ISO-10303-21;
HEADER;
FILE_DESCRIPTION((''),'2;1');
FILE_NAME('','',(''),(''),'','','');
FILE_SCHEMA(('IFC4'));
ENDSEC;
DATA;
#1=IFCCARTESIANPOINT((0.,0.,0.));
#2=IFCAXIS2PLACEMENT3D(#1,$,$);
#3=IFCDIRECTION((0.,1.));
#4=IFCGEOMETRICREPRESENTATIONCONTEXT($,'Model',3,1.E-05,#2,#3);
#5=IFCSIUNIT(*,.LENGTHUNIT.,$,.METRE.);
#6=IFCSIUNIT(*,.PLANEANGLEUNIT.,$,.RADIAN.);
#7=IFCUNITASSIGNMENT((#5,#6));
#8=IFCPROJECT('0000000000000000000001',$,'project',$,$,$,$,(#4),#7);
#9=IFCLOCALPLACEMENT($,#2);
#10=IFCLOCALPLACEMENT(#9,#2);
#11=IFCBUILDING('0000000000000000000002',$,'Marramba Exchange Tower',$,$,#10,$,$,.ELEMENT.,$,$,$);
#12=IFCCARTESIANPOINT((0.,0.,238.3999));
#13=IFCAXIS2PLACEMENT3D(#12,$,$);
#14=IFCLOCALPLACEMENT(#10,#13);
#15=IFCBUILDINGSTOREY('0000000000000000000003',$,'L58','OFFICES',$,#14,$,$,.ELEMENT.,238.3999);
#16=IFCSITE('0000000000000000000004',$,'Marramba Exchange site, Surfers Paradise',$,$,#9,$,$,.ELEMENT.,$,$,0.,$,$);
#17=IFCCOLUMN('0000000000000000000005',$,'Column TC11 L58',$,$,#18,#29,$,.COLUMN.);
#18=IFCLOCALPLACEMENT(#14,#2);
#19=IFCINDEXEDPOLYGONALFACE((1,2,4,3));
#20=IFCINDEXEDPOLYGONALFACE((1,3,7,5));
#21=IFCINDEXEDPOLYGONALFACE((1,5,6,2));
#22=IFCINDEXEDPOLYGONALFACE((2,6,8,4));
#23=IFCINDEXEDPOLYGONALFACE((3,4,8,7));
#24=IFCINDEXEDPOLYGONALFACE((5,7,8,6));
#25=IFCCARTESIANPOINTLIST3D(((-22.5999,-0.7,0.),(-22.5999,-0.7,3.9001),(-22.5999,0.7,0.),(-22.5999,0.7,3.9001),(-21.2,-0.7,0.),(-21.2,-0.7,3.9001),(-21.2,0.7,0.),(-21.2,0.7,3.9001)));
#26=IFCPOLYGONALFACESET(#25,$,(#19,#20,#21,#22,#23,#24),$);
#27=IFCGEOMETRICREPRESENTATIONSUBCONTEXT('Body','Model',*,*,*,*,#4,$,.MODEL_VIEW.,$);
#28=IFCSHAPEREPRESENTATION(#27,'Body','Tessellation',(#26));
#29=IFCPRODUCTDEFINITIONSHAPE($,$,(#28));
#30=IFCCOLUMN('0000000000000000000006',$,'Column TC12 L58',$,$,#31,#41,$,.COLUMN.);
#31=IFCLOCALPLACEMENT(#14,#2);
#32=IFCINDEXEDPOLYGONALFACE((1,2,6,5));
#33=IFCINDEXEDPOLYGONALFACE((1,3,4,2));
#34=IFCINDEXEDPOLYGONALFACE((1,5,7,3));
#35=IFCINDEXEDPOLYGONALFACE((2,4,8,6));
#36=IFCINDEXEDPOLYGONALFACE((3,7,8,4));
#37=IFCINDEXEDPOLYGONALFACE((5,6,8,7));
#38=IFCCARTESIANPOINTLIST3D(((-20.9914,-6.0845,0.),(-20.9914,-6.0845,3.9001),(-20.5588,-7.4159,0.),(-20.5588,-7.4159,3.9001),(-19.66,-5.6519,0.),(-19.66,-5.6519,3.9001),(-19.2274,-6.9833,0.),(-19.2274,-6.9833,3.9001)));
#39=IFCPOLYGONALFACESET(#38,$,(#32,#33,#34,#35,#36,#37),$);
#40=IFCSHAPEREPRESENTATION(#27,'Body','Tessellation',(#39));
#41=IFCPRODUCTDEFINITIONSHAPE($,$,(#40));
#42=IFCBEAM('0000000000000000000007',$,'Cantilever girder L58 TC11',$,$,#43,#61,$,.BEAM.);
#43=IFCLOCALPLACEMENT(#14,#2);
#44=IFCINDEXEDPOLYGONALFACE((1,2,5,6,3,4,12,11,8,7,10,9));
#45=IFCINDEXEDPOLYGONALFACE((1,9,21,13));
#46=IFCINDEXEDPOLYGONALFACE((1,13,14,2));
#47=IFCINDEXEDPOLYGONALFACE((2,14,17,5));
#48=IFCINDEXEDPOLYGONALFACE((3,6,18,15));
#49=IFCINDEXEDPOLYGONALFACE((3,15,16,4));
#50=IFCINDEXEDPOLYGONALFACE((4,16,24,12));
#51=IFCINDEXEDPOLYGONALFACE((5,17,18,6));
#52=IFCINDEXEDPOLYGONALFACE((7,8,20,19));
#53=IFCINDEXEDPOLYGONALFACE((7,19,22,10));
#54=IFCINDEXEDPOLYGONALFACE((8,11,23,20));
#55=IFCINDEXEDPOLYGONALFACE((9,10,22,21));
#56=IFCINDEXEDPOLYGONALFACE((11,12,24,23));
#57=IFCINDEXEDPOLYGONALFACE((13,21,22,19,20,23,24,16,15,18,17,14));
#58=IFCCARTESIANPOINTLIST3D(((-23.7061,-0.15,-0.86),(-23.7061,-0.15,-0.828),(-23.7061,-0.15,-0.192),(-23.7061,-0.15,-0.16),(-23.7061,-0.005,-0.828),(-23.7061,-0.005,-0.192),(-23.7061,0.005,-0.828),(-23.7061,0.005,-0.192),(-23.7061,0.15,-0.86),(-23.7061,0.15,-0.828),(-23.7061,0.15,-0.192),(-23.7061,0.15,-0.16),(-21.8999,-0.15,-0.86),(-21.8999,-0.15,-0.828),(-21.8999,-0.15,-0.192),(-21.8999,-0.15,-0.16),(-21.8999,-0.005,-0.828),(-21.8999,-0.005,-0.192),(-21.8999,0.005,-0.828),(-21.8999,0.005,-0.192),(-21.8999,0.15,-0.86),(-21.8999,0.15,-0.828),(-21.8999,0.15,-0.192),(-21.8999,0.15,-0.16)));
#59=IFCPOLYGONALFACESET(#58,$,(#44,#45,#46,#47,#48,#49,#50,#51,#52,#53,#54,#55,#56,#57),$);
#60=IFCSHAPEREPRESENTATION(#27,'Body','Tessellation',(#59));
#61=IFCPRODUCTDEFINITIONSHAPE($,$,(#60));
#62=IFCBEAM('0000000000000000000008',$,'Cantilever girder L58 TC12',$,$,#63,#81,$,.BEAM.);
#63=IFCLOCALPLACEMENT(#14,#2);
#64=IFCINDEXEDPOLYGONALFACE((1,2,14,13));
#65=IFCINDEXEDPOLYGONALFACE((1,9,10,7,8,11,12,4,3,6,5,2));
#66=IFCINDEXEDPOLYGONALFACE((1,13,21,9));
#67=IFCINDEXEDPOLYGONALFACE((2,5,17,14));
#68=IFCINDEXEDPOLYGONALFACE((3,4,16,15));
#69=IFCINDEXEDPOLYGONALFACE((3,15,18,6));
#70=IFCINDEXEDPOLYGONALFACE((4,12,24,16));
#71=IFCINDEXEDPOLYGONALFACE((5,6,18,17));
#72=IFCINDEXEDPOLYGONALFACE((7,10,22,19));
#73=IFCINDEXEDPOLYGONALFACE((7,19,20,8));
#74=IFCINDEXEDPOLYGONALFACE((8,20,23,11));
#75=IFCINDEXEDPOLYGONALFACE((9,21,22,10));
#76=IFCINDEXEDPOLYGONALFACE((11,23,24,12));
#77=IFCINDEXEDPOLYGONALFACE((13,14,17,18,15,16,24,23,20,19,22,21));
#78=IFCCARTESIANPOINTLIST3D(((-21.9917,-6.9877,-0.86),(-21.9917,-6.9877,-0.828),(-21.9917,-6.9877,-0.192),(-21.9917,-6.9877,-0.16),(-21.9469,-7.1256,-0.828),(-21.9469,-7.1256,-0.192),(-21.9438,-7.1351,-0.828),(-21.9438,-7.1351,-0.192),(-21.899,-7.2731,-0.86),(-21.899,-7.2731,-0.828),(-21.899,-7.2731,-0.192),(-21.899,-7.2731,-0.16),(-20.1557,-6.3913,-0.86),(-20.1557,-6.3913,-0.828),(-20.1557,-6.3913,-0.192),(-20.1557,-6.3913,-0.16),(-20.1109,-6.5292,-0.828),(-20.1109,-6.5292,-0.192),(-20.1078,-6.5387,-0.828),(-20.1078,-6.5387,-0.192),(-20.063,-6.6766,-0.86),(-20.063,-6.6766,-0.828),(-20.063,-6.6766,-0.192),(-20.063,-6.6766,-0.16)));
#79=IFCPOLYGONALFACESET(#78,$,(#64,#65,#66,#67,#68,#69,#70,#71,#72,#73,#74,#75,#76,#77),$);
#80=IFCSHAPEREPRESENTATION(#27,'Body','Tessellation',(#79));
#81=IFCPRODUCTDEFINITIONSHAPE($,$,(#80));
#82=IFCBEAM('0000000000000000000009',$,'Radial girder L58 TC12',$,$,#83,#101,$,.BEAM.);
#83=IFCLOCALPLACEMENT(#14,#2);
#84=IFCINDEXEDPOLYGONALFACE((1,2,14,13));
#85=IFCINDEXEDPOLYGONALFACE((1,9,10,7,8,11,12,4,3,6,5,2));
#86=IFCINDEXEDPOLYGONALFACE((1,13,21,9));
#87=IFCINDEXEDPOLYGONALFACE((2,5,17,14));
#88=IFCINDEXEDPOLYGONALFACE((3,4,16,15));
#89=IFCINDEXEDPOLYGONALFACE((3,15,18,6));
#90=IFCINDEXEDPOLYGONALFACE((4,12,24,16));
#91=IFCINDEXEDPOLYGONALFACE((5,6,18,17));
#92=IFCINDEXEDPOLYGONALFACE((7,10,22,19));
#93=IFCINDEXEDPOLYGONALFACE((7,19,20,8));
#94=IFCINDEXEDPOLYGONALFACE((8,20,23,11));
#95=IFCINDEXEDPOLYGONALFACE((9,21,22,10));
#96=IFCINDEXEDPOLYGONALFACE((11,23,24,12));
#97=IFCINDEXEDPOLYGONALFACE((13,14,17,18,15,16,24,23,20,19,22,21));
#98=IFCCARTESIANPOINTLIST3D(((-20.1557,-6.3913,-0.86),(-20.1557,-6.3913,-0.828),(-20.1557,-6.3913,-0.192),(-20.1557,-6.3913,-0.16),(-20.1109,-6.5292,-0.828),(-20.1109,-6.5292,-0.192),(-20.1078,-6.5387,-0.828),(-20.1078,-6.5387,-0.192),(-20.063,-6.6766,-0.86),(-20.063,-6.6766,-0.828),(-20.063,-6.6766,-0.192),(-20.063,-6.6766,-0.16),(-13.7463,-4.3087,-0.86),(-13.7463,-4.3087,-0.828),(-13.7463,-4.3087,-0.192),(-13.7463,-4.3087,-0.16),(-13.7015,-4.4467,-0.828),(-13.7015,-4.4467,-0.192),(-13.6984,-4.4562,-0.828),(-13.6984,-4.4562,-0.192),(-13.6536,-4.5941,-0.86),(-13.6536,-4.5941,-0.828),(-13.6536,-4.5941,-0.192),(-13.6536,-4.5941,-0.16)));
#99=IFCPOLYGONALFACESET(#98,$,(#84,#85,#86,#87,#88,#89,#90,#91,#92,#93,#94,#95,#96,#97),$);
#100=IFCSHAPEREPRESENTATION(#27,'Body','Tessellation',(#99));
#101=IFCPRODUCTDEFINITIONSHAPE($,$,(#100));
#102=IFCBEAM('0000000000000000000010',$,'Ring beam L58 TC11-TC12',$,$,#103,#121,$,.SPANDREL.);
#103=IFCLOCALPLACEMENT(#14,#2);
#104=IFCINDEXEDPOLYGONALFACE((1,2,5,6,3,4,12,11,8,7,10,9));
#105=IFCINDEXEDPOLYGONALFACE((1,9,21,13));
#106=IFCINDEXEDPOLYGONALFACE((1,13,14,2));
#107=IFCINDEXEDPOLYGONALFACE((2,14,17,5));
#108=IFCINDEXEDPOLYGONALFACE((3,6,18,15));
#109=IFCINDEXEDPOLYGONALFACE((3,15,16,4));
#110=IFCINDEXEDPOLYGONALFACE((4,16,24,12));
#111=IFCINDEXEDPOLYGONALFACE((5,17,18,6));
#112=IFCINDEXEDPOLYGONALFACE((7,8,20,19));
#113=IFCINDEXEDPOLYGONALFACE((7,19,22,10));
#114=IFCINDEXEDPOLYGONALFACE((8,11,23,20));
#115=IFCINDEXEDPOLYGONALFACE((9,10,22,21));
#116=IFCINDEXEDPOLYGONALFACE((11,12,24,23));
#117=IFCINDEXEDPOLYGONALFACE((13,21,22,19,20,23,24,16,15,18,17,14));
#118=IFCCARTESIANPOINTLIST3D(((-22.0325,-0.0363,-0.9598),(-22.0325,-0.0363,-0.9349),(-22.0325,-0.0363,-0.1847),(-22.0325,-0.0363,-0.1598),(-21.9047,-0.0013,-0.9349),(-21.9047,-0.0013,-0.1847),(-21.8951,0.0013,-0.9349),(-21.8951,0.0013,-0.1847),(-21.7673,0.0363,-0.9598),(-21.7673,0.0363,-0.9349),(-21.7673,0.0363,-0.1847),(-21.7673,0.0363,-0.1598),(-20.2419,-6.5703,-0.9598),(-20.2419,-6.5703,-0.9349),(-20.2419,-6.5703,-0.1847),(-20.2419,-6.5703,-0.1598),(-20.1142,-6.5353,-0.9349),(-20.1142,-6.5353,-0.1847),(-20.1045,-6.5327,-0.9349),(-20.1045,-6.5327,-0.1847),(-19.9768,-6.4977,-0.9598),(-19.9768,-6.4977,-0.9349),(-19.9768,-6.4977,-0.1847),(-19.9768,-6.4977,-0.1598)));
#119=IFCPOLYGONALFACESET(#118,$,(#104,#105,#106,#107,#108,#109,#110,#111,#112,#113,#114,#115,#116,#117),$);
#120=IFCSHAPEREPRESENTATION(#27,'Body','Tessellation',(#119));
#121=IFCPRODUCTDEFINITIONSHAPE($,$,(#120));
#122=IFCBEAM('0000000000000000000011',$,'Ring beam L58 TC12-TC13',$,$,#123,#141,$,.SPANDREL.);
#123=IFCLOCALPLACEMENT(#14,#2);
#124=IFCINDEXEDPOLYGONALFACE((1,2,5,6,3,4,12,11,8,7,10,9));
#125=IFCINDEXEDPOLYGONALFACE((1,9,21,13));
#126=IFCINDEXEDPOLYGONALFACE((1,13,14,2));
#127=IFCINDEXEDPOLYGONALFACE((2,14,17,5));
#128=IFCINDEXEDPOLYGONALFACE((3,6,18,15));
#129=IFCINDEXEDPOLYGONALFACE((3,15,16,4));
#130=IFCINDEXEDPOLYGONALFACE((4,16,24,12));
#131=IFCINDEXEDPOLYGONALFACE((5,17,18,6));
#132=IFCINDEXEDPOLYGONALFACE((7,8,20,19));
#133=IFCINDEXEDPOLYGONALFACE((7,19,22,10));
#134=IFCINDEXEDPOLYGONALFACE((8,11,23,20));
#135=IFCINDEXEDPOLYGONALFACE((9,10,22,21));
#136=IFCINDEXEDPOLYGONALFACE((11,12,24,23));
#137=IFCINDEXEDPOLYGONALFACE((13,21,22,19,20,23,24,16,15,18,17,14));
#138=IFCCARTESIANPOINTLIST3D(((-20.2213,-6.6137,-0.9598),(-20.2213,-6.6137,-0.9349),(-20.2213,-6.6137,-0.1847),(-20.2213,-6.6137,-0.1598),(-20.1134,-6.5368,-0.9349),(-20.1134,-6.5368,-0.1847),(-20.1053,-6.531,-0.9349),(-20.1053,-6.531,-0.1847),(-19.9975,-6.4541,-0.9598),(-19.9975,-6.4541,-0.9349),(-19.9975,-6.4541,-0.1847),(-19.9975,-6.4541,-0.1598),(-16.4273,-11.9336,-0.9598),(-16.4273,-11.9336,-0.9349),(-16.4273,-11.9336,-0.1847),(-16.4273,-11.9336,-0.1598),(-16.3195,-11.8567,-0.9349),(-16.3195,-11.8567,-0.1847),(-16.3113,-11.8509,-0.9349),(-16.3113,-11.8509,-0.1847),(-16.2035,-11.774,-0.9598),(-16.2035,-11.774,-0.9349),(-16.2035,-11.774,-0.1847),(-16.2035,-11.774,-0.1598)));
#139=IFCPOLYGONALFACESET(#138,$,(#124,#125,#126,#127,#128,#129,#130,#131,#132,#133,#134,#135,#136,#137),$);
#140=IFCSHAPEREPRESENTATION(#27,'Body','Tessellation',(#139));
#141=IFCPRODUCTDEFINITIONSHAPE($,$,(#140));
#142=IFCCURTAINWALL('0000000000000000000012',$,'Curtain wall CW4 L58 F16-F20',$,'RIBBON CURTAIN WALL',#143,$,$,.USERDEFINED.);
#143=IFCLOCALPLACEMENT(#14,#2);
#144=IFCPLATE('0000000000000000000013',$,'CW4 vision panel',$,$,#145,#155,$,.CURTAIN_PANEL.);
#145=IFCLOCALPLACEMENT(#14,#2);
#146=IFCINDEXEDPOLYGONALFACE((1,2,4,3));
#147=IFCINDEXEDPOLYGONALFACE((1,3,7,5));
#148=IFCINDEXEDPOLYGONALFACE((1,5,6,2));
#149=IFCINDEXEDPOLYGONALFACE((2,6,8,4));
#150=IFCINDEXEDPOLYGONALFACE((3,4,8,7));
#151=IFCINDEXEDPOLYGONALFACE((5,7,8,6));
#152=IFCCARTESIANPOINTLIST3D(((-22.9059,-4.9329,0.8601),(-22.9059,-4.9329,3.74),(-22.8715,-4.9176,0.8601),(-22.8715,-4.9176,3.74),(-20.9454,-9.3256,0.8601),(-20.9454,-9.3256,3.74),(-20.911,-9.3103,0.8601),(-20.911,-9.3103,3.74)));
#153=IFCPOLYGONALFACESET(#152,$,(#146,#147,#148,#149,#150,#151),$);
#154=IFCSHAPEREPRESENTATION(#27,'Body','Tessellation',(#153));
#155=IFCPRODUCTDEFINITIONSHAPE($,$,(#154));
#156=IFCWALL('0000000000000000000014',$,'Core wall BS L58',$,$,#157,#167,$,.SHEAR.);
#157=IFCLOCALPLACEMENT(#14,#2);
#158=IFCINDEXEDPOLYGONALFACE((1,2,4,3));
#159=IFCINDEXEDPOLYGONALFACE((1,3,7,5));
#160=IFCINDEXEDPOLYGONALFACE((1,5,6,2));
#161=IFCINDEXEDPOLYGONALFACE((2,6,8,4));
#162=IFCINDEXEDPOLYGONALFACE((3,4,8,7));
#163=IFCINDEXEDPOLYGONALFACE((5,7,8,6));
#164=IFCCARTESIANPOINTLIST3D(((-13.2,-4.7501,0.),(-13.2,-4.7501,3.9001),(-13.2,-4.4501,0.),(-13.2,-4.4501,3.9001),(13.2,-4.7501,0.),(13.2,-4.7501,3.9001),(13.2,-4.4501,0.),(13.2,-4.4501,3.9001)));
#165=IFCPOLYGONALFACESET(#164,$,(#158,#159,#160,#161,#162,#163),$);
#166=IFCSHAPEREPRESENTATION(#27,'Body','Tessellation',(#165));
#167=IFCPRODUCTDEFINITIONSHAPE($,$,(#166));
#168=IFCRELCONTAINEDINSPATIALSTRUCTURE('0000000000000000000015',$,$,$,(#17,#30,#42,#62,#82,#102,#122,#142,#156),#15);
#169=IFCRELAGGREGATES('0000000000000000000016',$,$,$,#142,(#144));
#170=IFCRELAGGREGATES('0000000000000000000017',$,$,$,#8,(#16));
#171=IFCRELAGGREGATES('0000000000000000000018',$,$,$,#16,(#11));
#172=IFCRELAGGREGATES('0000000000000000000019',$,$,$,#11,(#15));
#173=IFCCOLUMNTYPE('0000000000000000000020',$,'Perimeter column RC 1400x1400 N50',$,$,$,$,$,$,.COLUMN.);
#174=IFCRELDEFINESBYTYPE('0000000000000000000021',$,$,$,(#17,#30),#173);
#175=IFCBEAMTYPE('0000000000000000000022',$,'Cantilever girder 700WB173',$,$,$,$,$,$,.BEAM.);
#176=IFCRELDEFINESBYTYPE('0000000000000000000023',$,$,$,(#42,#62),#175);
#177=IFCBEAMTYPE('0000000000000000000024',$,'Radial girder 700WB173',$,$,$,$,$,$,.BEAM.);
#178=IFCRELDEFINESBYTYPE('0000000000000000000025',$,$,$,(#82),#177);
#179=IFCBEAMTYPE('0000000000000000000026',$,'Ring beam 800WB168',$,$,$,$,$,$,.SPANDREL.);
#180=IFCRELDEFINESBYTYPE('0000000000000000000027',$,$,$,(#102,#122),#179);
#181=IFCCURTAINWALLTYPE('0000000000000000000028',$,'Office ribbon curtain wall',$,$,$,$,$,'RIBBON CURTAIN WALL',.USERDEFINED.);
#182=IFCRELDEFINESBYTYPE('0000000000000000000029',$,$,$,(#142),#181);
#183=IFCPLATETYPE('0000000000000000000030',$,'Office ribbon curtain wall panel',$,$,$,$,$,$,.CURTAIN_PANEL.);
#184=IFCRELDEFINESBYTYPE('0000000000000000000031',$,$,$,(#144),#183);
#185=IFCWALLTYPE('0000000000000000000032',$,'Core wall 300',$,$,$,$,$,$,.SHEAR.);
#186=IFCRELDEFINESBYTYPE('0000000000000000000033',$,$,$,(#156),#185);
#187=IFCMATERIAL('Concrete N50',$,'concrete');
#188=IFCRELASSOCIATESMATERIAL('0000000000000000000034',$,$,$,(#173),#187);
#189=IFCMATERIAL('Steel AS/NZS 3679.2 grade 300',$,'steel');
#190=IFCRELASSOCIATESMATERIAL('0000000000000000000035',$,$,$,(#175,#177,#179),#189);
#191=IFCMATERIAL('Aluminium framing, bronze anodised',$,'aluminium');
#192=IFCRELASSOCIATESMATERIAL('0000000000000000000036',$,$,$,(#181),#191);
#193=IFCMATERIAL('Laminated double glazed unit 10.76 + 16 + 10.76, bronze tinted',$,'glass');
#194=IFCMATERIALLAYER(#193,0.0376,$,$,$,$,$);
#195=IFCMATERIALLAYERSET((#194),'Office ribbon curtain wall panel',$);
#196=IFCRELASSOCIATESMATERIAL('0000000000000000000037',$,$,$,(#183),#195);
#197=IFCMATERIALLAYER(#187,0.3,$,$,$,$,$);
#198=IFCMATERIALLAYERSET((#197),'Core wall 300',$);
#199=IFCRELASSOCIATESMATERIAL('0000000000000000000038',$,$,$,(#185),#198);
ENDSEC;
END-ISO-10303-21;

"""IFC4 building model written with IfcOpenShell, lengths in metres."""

from ifc_helpers import new_model, si_unit, direction, frame, frame_2d, origin, origin_2d, place, context, subcontext, project, spatial, rectangle, i_section, extrude, material, layer, layer_set, material_profile, profile_set, type_object, element, aggregate, save


model = new_model("IFC4")

# Units and contexts
model_context = context("Model", 3, precision=1e-05, world=origin(), true_north=direction((0.0, 1.0)))
body_context = subcontext(model_context, "Body", "Model", "MODEL_VIEW")
ifc_project = project(units=[si_unit("LENGTHUNIT", "METRE"), si_unit("PLANEANGLEUNIT", "RADIAN")], contexts=[model_context])

# Site, building, storey
site_placement = place(None, origin())
site = spatial("IfcSite", under=ifc_project, at=site_placement, Name="Marramba Exchange site, Surfers Paradise", CompositionType="ELEMENT", RefElevation=0.0)
building_placement = place(site_placement, origin())
building = spatial("IfcBuilding", under=site, at=building_placement, Name="Marramba Exchange Tower", CompositionType="ELEMENT")
storey_placement = place(building_placement, frame((0.0, 0.0, 238.3999)))
storey = spatial("IfcBuildingStorey", under=building, at=storey_placement, Name="L58", Description="OFFICES", CompositionType="ELEMENT", Elevation=238.3999)

# Columns
ifc_material_1 = material(Name="Concrete N50", Category="concrete")
ifc_material_profile_1 = material_profile(ifc_material_1, rectangle(XDim=1.3999, YDim=1.3999, at=origin_2d()), Name="RC 1400x1400")
ifc_profile_set_1 = profile_set([ifc_material_profile_1], Name="Concrete N50")
column_type = type_object("IfcColumnType", Name="Perimeter column RC 1400x1400 N50", PredefinedType="COLUMN", material=ifc_profile_set_1)
for number, where, z_axis, x_axis, name in (
    (1, (-21.8999, 0.0, 0.0), (0.0, 0.0, 1.0), (-1.0, 0.0, 0.0), "Column TC11 L58"),
    (2, (-20.1094, -6.5339, 0.0), (0.0, 0.0, 1.0), (-0.951057, -0.309017, 0.0), "Column TC12 L58"),
):
    element("IfcColumn", number, at=place(storey_placement, frame(where, z_axis=z_axis, x_axis=x_axis)), inside=storey, type_object=column_type, Name=name, PredefinedType="COLUMN", context=body_context, shape_type="SweptSolid", body=[
        extrude(rectangle(XDim=1.3999, YDim=1.3999, at=origin_2d()), origin(), (0.0, 0.0, 1.0), 3.9001),
    ])

# Beams
ifc_material_2 = material(Name="Steel AS/NZS 3679.2 grade 300", Category="steel")
ifc_material_profile_2 = material_profile(ifc_material_2, i_section(OverallWidth=0.3, OverallDepth=0.7, WebThickness=0.01, FlangeThickness=0.032, at=origin_2d()), Name="700WB173")
ifc_profile_set_2 = profile_set([ifc_material_profile_2], Name="Steel AS/NZS 3679.2 grade 300")
beam_type_1 = type_object("IfcBeamType", Name="Cantilever girder 700WB173", PredefinedType="BEAM", material=ifc_profile_set_2)
beam_1_placement = place(storey_placement, frame((-21.8999, 0.0, -0.51), z_axis=(-1.0, 0.0, 0.0), x_axis=(0.0, -1.0, 0.0)))
element("IfcBeam", 3, at=beam_1_placement, inside=storey, type_object=beam_type_1, Name="Cantilever girder L58 TC11", PredefinedType="BEAM", context=body_context, shape_type="SweptSolid", body=[
    extrude(i_section(OverallWidth=0.3, OverallDepth=0.7, WebThickness=0.01, FlangeThickness=0.032, at=origin_2d()), origin(), (0.0, 0.0, 1.0), 1.8062),
])
beam_2_placement = place(storey_placement, frame((-20.1094, -6.5339, -0.51), z_axis=(-0.951071, -0.308972, 0.0), x_axis=(0.308972, -0.951071, 0.0)))
element("IfcBeam", 4, at=beam_2_placement, inside=storey, type_object=beam_type_1, Name="Cantilever girder L58 TC12", PredefinedType="BEAM", context=body_context, shape_type="SweptSolid", body=[
    extrude(i_section(OverallWidth=0.3, OverallDepth=0.7, WebThickness=0.01, FlangeThickness=0.032, at=origin_2d()), origin(), (0.0, 0.0, 1.0), 1.9304),
])
ifc_material_profile_3 = material_profile(ifc_material_2, i_section(OverallWidth=0.3, OverallDepth=0.7, WebThickness=0.01, FlangeThickness=0.032, at=origin_2d()), Name="700WB173")
ifc_profile_set_3 = profile_set([ifc_material_profile_3], Name="Steel AS/NZS 3679.2 grade 300")
beam_type_2 = type_object("IfcBeamType", Name="Radial girder 700WB173", PredefinedType="BEAM", material=ifc_profile_set_3)
beam_3_placement = place(storey_placement, frame((-13.7, -4.4514, -0.51), z_axis=(-0.951058, -0.309013, 0.0), x_axis=(0.309013, -0.951058, 0.0)))
element("IfcBeam", 5, at=beam_3_placement, inside=storey, type_object=beam_type_2, Name="Radial girder L58 TC12", PredefinedType="BEAM", context=body_context, shape_type="SweptSolid", body=[
    extrude(i_section(OverallWidth=0.3, OverallDepth=0.7, WebThickness=0.01, FlangeThickness=0.032, at=origin_2d()), origin(), (0.0, 0.0, 1.0), 6.7393),
])
ifc_material_profile_4 = material_profile(ifc_material_2, i_section(OverallWidth=0.2749, OverallDepth=0.8, WebThickness=0.01, FlangeThickness=0.0249, at=origin_2d()), Name="800WB168")
ifc_profile_set_4 = profile_set([ifc_material_profile_4], Name="Steel AS/NZS 3679.2 grade 300")
beam_type_3 = type_object("IfcBeamType", Name="Ring beam 800WB168", PredefinedType="SPANDREL", material=ifc_profile_set_4)
beam_4_placement = place(storey_placement, frame((-21.8999, 0.0, -0.5598), z_axis=(0.264291, -0.964443, 0.0), x_axis=(0.964443, 0.264291, 0.0)))
element("IfcBeam", 6, at=beam_4_placement, inside=storey, type_object=beam_type_3, Name="Ring beam L58 TC11-TC12", PredefinedType="SPANDREL", context=body_context, shape_type="SweptSolid", body=[
    extrude(i_section(OverallWidth=0.2749, OverallDepth=0.8, WebThickness=0.01, FlangeThickness=0.0249, at=origin_2d()), origin(), (0.0, 0.0, 1.0), 6.7749),
])
beam_5_placement = place(storey_placement, frame((-20.1094, -6.5339, -0.5598), z_axis=(0.580637, -0.814162, 0.0), x_axis=(0.814162, 0.580637, 0.0)))
element("IfcBeam", 7, at=beam_5_placement, inside=storey, type_object=beam_type_3, Name="Ring beam L58 TC12-TC13", PredefinedType="SPANDREL", context=body_context, shape_type="SweptSolid", body=[
    extrude(i_section(OverallWidth=0.2749, OverallDepth=0.8, WebThickness=0.01, FlangeThickness=0.0249, at=origin_2d()), origin(), (0.0, 0.0, 1.0), 6.5342),
])

# Curtain wall, plate
ifc_material_3 = material(Name="Aluminium framing, bronze anodised", Category="aluminium")
curtain_wall_type = type_object("IfcCurtainWallType", Name="Office ribbon curtain wall", ElementType="RIBBON CURTAIN WALL", PredefinedType="USERDEFINED", material=ifc_material_3)
curtain_wall_placement = place(storey_placement, origin())
curtain_wall = element("IfcCurtainWall", 8, at=curtain_wall_placement, inside=storey, type_object=curtain_wall_type, Name="Curtain wall CW4 L58 F16-F20", ObjectType="RIBBON CURTAIN WALL", PredefinedType="USERDEFINED")
ifc_material_4 = material(Name="Laminated double glazed unit 10.76 + 16 + 10.76, bronze tinted", Category="glass")
ifc_layer_1 = layer(ifc_material_4, 0.0376)
ifc_layer_set_1 = layer_set([ifc_layer_1], Name="Office ribbon curtain wall panel")
plate_type = type_object("IfcPlateType", Name="Office ribbon curtain wall panel", PredefinedType="CURTAIN_PANEL", material=ifc_layer_set_1)
plate_placement = place(storey_placement, frame((-21.9084, -7.1216, 0.8601), z_axis=(0.0, 0.0, 1.0), x_axis=(0.407558, -0.91318, 0.0)))
plate = element("IfcPlate", 9, at=plate_placement, type_object=plate_type, Name="CW4 vision panel", PredefinedType="CURTAIN_PANEL", context=body_context, shape_type="SweptSolid", body=[
    extrude(rectangle(XDim=4.8103, YDim=0.0376, at=origin_2d()), origin(), (0.0, 0.0, 1.0), 2.8799),
])
aggregate(curtain_wall, [plate])

# Shared definitions
ifc_layer_2 = layer(ifc_material_1, 0.3)
ifc_layer_set_2 = layer_set([ifc_layer_2], Name="Core wall 300")
wall_type_1 = type_object("IfcWallType", Name="Core wall 300", PredefinedType="SHEAR", material=ifc_layer_set_2)

# Wall
wall_1_placement = place(storey_placement, frame((-13.2, -4.6001, 0.0), z_axis=(0.0, 0.0, 1.0), x_axis=(1.0, 0.0, 0.0)))
element("IfcWall", 10, at=wall_1_placement, inside=storey, type_object=wall_type_1, Name="Core wall BS L58", PredefinedType="SHEAR", context=body_context, shape_type="SweptSolid", body=[
    extrude(rectangle(XDim=26.3999, YDim=0.3, at=frame_2d((13.2, 0.0))), origin(), (0.0, 0.0, 1.0), 3.9001),
])

save(model, "model.ifc")
